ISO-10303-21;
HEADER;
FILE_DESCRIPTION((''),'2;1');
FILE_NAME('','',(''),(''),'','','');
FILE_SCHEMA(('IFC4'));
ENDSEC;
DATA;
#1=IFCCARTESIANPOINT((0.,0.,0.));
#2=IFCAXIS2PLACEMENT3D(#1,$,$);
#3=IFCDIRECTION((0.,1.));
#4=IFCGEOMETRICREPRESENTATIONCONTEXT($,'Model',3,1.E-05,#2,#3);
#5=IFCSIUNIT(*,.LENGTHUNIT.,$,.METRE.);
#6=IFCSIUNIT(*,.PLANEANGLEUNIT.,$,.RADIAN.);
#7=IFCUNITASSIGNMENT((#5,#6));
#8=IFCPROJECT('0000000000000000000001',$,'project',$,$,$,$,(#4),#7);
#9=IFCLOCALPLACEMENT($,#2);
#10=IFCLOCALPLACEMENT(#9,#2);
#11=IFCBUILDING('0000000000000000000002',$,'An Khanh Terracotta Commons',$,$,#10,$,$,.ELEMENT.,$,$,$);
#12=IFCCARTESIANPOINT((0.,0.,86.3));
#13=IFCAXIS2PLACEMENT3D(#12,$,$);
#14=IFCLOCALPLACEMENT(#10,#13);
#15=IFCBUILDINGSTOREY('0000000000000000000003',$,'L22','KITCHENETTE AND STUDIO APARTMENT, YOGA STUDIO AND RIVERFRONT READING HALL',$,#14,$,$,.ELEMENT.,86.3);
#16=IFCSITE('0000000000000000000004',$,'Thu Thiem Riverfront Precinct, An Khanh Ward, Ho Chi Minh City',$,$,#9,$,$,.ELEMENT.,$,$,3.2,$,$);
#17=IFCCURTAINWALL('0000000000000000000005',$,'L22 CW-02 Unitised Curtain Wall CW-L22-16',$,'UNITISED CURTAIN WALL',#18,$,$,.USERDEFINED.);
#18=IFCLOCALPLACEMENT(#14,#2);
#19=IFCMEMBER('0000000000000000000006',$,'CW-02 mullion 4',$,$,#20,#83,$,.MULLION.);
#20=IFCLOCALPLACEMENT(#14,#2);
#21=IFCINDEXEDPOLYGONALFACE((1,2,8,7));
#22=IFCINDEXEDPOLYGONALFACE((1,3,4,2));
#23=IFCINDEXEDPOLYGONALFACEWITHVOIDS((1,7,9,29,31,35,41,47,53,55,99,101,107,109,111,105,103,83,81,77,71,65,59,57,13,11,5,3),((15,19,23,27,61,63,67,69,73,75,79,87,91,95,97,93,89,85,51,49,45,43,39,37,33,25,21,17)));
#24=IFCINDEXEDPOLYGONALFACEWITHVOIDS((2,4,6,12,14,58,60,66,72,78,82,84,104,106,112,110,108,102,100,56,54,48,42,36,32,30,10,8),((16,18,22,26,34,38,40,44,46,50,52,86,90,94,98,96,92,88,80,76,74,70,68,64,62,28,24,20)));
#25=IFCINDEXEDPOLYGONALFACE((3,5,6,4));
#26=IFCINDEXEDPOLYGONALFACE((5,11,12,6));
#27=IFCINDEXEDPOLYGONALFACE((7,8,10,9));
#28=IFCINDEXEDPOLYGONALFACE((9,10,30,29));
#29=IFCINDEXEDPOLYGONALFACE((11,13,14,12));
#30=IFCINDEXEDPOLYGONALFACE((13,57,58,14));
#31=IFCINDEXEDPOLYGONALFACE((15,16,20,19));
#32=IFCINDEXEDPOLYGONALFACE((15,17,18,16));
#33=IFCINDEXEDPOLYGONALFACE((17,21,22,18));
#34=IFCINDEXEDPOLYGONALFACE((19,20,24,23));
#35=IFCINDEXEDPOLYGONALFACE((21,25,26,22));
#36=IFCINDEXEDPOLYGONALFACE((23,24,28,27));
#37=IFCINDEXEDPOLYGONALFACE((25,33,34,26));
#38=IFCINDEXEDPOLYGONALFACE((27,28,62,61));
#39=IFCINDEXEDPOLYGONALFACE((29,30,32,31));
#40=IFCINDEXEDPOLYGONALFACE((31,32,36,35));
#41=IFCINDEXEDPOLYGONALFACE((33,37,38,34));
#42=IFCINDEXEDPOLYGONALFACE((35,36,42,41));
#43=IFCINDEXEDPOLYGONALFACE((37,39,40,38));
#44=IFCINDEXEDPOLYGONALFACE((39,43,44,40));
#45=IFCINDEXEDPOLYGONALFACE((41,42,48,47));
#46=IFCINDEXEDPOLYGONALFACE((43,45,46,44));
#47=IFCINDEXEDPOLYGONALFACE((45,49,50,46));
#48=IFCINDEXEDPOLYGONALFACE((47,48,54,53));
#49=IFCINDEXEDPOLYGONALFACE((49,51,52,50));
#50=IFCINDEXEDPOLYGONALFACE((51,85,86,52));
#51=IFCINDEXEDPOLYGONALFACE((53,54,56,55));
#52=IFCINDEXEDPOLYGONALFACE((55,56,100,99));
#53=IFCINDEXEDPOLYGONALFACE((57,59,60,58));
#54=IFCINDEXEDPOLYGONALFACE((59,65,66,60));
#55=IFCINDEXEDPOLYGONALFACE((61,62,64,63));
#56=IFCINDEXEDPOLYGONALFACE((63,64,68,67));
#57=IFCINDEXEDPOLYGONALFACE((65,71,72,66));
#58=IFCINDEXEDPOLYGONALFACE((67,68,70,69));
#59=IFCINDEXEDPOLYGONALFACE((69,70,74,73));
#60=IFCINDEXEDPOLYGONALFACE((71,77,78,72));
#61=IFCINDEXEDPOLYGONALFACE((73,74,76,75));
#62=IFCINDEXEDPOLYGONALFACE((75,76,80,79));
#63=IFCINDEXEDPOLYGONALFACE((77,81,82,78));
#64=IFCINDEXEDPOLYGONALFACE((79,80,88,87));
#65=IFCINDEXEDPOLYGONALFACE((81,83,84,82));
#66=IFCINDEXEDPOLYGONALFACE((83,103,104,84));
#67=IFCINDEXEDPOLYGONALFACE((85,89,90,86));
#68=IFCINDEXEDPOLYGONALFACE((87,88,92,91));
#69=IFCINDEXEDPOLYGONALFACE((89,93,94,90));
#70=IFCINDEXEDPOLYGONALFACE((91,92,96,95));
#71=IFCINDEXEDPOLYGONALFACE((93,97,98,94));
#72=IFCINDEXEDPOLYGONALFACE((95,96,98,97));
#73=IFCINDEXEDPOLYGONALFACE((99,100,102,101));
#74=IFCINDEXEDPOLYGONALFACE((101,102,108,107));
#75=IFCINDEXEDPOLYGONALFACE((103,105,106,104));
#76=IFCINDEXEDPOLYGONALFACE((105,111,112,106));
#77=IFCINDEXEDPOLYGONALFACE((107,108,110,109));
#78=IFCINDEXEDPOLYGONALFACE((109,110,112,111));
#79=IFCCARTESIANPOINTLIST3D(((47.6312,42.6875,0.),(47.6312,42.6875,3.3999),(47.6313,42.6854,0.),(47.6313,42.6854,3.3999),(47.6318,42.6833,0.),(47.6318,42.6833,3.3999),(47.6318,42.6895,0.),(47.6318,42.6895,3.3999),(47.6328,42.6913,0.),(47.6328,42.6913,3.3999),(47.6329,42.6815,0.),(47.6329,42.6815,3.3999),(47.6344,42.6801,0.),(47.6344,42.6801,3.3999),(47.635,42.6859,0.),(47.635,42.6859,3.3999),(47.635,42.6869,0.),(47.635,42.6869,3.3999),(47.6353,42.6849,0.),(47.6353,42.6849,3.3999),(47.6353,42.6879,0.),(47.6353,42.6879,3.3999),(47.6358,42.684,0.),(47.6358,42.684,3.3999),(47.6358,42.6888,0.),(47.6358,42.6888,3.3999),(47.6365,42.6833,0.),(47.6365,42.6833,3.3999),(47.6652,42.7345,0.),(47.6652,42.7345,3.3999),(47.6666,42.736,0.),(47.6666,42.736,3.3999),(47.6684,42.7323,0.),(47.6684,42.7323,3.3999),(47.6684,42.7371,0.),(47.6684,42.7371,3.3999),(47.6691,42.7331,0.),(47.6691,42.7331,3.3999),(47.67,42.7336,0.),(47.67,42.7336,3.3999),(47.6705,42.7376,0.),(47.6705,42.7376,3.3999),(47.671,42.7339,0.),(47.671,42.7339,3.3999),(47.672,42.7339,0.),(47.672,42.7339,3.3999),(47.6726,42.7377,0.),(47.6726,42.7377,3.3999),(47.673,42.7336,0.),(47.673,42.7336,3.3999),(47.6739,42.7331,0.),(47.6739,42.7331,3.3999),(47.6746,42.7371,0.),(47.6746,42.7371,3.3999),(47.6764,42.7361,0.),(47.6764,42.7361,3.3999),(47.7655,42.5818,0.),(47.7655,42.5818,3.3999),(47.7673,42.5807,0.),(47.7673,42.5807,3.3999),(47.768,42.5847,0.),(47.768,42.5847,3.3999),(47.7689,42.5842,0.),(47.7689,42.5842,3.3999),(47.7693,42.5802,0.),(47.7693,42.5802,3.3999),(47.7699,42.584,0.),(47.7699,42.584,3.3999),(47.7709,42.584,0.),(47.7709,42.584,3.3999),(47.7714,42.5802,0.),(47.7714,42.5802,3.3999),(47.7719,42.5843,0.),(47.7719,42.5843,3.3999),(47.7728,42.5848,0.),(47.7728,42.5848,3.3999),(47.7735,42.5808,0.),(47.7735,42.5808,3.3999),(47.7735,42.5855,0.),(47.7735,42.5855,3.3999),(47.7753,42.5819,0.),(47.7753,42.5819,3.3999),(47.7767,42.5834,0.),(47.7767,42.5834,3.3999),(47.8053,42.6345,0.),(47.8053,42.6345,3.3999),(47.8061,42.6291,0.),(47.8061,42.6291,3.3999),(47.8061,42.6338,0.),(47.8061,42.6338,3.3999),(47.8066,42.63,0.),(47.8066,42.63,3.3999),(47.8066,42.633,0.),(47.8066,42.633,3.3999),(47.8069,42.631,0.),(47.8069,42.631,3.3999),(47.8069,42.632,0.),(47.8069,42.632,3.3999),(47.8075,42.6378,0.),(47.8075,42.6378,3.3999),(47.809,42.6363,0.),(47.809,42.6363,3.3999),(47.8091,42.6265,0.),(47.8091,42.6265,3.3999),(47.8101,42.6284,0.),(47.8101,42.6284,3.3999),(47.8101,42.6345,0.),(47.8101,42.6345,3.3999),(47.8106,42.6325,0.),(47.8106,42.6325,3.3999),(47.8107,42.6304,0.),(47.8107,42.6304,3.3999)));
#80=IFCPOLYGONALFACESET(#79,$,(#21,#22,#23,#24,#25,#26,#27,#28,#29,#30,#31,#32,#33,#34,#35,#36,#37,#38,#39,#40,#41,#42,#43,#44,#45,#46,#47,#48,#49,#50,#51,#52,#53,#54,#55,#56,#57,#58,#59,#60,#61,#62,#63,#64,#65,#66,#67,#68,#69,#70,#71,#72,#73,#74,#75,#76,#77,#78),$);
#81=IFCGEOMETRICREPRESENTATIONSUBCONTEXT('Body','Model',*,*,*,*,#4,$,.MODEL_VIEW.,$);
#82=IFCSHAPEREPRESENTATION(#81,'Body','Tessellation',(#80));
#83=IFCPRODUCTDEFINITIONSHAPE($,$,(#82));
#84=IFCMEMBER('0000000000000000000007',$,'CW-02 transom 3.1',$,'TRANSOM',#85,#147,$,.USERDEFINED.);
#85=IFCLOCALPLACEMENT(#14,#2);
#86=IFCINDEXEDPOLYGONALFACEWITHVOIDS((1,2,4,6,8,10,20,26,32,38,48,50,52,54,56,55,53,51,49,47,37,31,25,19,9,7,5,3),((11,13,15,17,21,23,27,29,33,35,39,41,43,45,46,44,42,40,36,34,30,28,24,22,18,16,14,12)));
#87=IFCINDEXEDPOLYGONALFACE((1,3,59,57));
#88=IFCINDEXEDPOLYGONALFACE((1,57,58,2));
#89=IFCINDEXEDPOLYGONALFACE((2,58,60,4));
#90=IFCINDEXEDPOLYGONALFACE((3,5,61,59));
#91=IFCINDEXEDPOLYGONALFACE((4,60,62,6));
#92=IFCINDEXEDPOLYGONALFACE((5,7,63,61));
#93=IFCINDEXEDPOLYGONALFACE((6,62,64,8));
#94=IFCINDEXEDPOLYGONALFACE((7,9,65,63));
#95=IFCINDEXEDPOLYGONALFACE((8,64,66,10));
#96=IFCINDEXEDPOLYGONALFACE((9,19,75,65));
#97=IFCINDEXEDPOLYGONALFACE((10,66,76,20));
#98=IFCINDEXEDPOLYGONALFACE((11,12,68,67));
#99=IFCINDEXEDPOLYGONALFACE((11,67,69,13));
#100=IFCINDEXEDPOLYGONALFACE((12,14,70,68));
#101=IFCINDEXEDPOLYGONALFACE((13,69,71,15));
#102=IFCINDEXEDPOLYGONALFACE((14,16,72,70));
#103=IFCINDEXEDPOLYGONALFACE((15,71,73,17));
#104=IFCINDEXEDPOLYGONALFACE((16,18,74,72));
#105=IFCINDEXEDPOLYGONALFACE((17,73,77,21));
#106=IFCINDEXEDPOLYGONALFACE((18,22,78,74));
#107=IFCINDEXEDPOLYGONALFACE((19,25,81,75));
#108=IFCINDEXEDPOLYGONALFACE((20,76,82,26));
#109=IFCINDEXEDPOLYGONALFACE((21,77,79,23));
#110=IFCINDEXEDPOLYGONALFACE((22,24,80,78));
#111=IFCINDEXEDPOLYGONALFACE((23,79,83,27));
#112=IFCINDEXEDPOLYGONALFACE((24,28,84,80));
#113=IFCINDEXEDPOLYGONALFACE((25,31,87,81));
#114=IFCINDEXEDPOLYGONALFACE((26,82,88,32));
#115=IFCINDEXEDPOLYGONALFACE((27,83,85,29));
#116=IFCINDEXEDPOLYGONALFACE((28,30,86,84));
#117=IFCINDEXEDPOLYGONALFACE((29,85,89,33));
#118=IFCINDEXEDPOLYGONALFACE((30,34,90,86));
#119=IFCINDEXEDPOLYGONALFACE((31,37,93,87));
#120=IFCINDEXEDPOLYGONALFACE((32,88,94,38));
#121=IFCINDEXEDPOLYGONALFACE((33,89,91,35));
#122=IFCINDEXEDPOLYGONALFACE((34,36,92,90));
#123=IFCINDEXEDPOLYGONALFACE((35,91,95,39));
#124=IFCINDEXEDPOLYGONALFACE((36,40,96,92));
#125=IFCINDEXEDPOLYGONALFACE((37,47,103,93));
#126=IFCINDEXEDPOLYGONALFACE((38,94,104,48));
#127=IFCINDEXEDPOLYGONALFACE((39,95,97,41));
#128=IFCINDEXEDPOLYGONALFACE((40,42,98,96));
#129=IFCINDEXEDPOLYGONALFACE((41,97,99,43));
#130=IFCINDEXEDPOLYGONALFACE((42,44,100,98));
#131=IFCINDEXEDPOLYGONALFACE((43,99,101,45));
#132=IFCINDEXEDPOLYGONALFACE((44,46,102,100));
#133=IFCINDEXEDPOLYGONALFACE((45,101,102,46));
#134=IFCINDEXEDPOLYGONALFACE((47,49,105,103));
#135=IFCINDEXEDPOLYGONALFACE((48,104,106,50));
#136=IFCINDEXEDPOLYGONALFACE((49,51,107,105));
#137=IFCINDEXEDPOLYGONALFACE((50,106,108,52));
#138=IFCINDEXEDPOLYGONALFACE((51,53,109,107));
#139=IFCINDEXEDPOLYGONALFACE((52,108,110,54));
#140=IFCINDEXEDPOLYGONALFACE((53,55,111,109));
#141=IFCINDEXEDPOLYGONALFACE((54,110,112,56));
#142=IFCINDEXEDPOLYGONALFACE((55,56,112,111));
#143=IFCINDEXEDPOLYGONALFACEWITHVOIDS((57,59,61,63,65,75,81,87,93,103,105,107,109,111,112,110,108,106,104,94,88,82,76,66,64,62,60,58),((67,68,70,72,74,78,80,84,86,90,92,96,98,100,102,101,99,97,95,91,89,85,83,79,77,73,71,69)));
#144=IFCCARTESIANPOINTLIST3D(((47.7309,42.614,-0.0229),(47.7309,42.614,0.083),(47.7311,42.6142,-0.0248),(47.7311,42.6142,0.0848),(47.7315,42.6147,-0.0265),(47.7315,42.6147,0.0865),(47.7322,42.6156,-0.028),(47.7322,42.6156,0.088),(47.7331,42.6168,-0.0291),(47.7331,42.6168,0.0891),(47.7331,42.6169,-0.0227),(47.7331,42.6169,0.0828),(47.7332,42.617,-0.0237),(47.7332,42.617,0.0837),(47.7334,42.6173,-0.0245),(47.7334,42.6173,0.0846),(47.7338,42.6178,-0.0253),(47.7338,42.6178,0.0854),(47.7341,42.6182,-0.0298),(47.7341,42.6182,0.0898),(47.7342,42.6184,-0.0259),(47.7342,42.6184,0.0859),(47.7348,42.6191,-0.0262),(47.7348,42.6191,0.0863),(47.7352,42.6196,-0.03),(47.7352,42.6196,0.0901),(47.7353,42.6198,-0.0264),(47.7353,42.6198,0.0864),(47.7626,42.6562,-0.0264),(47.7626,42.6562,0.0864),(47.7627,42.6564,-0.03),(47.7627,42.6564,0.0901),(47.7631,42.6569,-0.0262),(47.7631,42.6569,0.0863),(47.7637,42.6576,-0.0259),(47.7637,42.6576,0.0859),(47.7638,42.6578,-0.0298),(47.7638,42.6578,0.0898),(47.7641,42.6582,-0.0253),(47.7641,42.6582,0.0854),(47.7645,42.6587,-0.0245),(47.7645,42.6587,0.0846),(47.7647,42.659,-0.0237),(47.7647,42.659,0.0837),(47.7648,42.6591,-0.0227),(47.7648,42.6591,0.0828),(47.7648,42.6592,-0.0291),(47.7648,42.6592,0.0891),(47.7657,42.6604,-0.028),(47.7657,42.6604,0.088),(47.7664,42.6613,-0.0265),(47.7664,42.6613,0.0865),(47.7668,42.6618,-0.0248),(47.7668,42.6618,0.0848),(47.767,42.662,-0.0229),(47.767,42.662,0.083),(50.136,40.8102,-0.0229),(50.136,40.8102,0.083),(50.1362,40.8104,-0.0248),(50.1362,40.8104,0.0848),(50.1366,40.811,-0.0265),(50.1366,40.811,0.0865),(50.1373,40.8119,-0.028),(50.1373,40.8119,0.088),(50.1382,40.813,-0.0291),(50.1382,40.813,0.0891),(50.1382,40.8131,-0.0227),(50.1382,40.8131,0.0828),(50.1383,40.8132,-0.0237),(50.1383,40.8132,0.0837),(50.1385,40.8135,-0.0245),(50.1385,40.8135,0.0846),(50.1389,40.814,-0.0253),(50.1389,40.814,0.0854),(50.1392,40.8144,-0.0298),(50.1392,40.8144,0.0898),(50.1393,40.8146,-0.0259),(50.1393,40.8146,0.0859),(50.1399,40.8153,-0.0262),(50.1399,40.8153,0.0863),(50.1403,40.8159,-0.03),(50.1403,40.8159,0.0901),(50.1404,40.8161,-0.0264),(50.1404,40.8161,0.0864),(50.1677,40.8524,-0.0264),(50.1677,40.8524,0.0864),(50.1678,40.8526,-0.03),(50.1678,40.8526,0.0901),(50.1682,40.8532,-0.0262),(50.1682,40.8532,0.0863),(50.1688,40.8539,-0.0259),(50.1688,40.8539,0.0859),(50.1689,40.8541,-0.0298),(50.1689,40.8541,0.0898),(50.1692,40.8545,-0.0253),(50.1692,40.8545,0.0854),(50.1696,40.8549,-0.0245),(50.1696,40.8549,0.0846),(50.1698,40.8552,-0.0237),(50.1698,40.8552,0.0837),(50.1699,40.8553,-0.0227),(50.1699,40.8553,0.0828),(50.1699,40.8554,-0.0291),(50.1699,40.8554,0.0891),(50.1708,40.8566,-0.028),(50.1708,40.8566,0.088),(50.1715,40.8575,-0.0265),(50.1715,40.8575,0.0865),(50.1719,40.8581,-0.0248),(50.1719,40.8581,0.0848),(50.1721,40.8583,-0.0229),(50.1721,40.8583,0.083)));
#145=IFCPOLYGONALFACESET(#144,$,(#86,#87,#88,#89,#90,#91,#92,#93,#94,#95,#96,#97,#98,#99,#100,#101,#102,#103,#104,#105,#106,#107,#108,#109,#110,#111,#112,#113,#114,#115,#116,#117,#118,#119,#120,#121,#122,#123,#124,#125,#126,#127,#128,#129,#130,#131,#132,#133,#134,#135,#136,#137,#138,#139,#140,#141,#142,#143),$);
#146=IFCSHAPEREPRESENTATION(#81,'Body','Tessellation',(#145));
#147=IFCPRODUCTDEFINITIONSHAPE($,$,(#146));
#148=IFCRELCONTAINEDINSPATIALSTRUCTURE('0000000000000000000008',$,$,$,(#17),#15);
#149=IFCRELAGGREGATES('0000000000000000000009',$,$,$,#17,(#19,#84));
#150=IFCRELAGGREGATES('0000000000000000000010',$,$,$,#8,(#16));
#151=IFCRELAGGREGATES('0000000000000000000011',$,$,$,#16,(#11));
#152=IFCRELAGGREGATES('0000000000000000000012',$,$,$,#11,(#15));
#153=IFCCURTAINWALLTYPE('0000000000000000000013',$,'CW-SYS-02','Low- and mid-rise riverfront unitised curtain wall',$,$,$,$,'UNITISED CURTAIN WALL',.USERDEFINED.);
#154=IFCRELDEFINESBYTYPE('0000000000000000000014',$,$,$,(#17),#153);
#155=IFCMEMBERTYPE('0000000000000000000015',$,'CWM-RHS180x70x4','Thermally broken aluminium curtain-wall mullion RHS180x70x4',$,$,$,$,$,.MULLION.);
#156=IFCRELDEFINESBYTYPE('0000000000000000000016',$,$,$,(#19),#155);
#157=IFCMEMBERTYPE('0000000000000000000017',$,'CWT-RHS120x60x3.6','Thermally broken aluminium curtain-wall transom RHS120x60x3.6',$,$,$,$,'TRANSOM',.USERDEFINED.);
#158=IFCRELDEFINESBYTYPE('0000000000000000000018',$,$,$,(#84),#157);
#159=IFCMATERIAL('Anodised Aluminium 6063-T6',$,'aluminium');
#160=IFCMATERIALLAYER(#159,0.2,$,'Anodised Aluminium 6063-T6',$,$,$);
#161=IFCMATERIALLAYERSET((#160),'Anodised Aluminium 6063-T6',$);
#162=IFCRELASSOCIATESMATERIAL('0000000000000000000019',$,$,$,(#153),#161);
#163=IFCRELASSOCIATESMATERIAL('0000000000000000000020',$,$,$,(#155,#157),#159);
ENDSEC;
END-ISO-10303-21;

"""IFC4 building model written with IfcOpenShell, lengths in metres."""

from ifc_helpers import new_model, si_unit, direction, frame, origin, origin_2d, place, context, subcontext, project, spatial, hollow_rectangle, extrude, material, layer, layer_set, material_profile, profile_set, type_object, element, aggregate, save


model = new_model("IFC4")

# Units and contexts
model_context = context("Model", 3, precision=1e-05, world=origin(), true_north=direction((0.0, 1.0)))
body_context = subcontext(model_context, "Body", "Model", "MODEL_VIEW")
ifc_project = project(units=[si_unit("LENGTHUNIT", "METRE"), si_unit("PLANEANGLEUNIT", "RADIAN")], contexts=[model_context])

# Site, building, storey
site_placement = place(None, origin())
site = spatial("IfcSite", under=ifc_project, at=site_placement, Name="Thu Thiem Riverfront Precinct, An Khanh Ward, Ho Chi Minh City", CompositionType="ELEMENT", RefElevation=3.2)
building_placement = place(site_placement, origin())
building = spatial("IfcBuilding", under=site, at=building_placement, Name="An Khanh Terracotta Commons", CompositionType="ELEMENT")
storey_placement = place(building_placement, frame((0.0, 0.0, 86.3)))
storey = spatial("IfcBuildingStorey", under=building, at=storey_placement, Name="L22", Description="KITCHENETTE AND STUDIO APARTMENT, YOGA STUDIO AND RIVERFRONT READING HALL", CompositionType="ELEMENT", Elevation=86.3)

# Curtain wall, members
ifc_material_1 = material(Name="Anodised Aluminium 6063-T6", Category="aluminium")
ifc_layer_1 = layer(ifc_material_1, 0.2, Name="Anodised Aluminium 6063-T6")
ifc_layer_set_1 = layer_set([ifc_layer_1], Name="Anodised Aluminium 6063-T6")
curtain_wall_type = type_object("IfcCurtainWallType", Name="CW-SYS-02", Description="Low- and mid-rise riverfront unitised curtain wall", ElementType="UNITISED CURTAIN WALL", PredefinedType="USERDEFINED", material=ifc_layer_set_1)
curtain_wall_placement = place(storey_placement, origin())
curtain_wall = element("IfcCurtainWall", 1, at=curtain_wall_placement, inside=storey, type_object=curtain_wall_type, Name="L22 CW-02 Unitised Curtain Wall CW-L22-16", ObjectType="UNITISED CURTAIN WALL", PredefinedType="USERDEFINED")
ifc_material_profile_1 = material_profile(ifc_material_1, hollow_rectangle(XDim=0.0701, YDim=0.1799, WallThickness=0.0039, InnerFilletRadius=0.0039, OuterFilletRadius=0.0081, at=origin_2d()), Name="RHS180x70x4")
ifc_profile_set_1 = profile_set([ifc_material_profile_1], Name="Anodised Aluminium 6063-T6")
member_type_1 = type_object("IfcMemberType", Name="CWM-RHS180x70x4", Description="Thermally broken aluminium curtain-wall mullion RHS180x70x4", PredefinedType="MULLION", material=ifc_profile_set_1)
member_1_placement = place(storey_placement, frame((47.7209, 42.6589, 0.0), z_axis=(0.0, 0.0, 1.0), x_axis=(-0.599983, -0.800013, 0.0)))
member_1 = element("IfcMember", 2, at=member_1_placement, type_object=member_type_1, Name="CW-02 mullion 4", PredefinedType="MULLION", context=body_context, shape_type="SweptSolid", body=[
    extrude(hollow_rectangle(XDim=0.0701, YDim=0.1799, WallThickness=0.0039, InnerFilletRadius=0.0039, OuterFilletRadius=0.0081, at=origin_2d()), origin(), (0.0, 0.0, 1.0), 3.3999),
])
ifc_material_profile_2 = material_profile(ifc_material_1, hollow_rectangle(XDim=0.0601, YDim=0.1201, WallThickness=0.0037, InnerFilletRadius=0.0037, OuterFilletRadius=0.0071, at=origin_2d()), Name="RHS120x60x3.6")
ifc_profile_set_2 = profile_set([ifc_material_profile_2], Name="Anodised Aluminium 6063-T6")
member_type_2 = type_object("IfcMemberType", Name="CWT-RHS120x60x3.6", Description="Thermally broken aluminium curtain-wall transom RHS120x60x3.6", ElementType="TRANSOM", PredefinedType="USERDEFINED", material=ifc_profile_set_2)
member_2_placement = place(storey_placement, frame((50.1541, 40.8342, 0.03), z_axis=(-0.80001, 0.599987, 0.0), x_axis=(-0.599987, -0.80001, 0.0)))
member_2 = element("IfcMember", 3, at=member_2_placement, type_object=member_type_2, Name="CW-02 transom 3.1", ObjectType="TRANSOM", PredefinedType="USERDEFINED", context=body_context, shape_type="SweptSolid", body=[
    extrude(hollow_rectangle(XDim=0.0601, YDim=0.1201, WallThickness=0.0037, InnerFilletRadius=0.0037, OuterFilletRadius=0.0071, at=origin_2d()), origin(), (0.0, 0.0, 1.0), 3.0063),
])
aggregate(curtain_wall, [member_1, member_2])

save(model, "model.ifc")
